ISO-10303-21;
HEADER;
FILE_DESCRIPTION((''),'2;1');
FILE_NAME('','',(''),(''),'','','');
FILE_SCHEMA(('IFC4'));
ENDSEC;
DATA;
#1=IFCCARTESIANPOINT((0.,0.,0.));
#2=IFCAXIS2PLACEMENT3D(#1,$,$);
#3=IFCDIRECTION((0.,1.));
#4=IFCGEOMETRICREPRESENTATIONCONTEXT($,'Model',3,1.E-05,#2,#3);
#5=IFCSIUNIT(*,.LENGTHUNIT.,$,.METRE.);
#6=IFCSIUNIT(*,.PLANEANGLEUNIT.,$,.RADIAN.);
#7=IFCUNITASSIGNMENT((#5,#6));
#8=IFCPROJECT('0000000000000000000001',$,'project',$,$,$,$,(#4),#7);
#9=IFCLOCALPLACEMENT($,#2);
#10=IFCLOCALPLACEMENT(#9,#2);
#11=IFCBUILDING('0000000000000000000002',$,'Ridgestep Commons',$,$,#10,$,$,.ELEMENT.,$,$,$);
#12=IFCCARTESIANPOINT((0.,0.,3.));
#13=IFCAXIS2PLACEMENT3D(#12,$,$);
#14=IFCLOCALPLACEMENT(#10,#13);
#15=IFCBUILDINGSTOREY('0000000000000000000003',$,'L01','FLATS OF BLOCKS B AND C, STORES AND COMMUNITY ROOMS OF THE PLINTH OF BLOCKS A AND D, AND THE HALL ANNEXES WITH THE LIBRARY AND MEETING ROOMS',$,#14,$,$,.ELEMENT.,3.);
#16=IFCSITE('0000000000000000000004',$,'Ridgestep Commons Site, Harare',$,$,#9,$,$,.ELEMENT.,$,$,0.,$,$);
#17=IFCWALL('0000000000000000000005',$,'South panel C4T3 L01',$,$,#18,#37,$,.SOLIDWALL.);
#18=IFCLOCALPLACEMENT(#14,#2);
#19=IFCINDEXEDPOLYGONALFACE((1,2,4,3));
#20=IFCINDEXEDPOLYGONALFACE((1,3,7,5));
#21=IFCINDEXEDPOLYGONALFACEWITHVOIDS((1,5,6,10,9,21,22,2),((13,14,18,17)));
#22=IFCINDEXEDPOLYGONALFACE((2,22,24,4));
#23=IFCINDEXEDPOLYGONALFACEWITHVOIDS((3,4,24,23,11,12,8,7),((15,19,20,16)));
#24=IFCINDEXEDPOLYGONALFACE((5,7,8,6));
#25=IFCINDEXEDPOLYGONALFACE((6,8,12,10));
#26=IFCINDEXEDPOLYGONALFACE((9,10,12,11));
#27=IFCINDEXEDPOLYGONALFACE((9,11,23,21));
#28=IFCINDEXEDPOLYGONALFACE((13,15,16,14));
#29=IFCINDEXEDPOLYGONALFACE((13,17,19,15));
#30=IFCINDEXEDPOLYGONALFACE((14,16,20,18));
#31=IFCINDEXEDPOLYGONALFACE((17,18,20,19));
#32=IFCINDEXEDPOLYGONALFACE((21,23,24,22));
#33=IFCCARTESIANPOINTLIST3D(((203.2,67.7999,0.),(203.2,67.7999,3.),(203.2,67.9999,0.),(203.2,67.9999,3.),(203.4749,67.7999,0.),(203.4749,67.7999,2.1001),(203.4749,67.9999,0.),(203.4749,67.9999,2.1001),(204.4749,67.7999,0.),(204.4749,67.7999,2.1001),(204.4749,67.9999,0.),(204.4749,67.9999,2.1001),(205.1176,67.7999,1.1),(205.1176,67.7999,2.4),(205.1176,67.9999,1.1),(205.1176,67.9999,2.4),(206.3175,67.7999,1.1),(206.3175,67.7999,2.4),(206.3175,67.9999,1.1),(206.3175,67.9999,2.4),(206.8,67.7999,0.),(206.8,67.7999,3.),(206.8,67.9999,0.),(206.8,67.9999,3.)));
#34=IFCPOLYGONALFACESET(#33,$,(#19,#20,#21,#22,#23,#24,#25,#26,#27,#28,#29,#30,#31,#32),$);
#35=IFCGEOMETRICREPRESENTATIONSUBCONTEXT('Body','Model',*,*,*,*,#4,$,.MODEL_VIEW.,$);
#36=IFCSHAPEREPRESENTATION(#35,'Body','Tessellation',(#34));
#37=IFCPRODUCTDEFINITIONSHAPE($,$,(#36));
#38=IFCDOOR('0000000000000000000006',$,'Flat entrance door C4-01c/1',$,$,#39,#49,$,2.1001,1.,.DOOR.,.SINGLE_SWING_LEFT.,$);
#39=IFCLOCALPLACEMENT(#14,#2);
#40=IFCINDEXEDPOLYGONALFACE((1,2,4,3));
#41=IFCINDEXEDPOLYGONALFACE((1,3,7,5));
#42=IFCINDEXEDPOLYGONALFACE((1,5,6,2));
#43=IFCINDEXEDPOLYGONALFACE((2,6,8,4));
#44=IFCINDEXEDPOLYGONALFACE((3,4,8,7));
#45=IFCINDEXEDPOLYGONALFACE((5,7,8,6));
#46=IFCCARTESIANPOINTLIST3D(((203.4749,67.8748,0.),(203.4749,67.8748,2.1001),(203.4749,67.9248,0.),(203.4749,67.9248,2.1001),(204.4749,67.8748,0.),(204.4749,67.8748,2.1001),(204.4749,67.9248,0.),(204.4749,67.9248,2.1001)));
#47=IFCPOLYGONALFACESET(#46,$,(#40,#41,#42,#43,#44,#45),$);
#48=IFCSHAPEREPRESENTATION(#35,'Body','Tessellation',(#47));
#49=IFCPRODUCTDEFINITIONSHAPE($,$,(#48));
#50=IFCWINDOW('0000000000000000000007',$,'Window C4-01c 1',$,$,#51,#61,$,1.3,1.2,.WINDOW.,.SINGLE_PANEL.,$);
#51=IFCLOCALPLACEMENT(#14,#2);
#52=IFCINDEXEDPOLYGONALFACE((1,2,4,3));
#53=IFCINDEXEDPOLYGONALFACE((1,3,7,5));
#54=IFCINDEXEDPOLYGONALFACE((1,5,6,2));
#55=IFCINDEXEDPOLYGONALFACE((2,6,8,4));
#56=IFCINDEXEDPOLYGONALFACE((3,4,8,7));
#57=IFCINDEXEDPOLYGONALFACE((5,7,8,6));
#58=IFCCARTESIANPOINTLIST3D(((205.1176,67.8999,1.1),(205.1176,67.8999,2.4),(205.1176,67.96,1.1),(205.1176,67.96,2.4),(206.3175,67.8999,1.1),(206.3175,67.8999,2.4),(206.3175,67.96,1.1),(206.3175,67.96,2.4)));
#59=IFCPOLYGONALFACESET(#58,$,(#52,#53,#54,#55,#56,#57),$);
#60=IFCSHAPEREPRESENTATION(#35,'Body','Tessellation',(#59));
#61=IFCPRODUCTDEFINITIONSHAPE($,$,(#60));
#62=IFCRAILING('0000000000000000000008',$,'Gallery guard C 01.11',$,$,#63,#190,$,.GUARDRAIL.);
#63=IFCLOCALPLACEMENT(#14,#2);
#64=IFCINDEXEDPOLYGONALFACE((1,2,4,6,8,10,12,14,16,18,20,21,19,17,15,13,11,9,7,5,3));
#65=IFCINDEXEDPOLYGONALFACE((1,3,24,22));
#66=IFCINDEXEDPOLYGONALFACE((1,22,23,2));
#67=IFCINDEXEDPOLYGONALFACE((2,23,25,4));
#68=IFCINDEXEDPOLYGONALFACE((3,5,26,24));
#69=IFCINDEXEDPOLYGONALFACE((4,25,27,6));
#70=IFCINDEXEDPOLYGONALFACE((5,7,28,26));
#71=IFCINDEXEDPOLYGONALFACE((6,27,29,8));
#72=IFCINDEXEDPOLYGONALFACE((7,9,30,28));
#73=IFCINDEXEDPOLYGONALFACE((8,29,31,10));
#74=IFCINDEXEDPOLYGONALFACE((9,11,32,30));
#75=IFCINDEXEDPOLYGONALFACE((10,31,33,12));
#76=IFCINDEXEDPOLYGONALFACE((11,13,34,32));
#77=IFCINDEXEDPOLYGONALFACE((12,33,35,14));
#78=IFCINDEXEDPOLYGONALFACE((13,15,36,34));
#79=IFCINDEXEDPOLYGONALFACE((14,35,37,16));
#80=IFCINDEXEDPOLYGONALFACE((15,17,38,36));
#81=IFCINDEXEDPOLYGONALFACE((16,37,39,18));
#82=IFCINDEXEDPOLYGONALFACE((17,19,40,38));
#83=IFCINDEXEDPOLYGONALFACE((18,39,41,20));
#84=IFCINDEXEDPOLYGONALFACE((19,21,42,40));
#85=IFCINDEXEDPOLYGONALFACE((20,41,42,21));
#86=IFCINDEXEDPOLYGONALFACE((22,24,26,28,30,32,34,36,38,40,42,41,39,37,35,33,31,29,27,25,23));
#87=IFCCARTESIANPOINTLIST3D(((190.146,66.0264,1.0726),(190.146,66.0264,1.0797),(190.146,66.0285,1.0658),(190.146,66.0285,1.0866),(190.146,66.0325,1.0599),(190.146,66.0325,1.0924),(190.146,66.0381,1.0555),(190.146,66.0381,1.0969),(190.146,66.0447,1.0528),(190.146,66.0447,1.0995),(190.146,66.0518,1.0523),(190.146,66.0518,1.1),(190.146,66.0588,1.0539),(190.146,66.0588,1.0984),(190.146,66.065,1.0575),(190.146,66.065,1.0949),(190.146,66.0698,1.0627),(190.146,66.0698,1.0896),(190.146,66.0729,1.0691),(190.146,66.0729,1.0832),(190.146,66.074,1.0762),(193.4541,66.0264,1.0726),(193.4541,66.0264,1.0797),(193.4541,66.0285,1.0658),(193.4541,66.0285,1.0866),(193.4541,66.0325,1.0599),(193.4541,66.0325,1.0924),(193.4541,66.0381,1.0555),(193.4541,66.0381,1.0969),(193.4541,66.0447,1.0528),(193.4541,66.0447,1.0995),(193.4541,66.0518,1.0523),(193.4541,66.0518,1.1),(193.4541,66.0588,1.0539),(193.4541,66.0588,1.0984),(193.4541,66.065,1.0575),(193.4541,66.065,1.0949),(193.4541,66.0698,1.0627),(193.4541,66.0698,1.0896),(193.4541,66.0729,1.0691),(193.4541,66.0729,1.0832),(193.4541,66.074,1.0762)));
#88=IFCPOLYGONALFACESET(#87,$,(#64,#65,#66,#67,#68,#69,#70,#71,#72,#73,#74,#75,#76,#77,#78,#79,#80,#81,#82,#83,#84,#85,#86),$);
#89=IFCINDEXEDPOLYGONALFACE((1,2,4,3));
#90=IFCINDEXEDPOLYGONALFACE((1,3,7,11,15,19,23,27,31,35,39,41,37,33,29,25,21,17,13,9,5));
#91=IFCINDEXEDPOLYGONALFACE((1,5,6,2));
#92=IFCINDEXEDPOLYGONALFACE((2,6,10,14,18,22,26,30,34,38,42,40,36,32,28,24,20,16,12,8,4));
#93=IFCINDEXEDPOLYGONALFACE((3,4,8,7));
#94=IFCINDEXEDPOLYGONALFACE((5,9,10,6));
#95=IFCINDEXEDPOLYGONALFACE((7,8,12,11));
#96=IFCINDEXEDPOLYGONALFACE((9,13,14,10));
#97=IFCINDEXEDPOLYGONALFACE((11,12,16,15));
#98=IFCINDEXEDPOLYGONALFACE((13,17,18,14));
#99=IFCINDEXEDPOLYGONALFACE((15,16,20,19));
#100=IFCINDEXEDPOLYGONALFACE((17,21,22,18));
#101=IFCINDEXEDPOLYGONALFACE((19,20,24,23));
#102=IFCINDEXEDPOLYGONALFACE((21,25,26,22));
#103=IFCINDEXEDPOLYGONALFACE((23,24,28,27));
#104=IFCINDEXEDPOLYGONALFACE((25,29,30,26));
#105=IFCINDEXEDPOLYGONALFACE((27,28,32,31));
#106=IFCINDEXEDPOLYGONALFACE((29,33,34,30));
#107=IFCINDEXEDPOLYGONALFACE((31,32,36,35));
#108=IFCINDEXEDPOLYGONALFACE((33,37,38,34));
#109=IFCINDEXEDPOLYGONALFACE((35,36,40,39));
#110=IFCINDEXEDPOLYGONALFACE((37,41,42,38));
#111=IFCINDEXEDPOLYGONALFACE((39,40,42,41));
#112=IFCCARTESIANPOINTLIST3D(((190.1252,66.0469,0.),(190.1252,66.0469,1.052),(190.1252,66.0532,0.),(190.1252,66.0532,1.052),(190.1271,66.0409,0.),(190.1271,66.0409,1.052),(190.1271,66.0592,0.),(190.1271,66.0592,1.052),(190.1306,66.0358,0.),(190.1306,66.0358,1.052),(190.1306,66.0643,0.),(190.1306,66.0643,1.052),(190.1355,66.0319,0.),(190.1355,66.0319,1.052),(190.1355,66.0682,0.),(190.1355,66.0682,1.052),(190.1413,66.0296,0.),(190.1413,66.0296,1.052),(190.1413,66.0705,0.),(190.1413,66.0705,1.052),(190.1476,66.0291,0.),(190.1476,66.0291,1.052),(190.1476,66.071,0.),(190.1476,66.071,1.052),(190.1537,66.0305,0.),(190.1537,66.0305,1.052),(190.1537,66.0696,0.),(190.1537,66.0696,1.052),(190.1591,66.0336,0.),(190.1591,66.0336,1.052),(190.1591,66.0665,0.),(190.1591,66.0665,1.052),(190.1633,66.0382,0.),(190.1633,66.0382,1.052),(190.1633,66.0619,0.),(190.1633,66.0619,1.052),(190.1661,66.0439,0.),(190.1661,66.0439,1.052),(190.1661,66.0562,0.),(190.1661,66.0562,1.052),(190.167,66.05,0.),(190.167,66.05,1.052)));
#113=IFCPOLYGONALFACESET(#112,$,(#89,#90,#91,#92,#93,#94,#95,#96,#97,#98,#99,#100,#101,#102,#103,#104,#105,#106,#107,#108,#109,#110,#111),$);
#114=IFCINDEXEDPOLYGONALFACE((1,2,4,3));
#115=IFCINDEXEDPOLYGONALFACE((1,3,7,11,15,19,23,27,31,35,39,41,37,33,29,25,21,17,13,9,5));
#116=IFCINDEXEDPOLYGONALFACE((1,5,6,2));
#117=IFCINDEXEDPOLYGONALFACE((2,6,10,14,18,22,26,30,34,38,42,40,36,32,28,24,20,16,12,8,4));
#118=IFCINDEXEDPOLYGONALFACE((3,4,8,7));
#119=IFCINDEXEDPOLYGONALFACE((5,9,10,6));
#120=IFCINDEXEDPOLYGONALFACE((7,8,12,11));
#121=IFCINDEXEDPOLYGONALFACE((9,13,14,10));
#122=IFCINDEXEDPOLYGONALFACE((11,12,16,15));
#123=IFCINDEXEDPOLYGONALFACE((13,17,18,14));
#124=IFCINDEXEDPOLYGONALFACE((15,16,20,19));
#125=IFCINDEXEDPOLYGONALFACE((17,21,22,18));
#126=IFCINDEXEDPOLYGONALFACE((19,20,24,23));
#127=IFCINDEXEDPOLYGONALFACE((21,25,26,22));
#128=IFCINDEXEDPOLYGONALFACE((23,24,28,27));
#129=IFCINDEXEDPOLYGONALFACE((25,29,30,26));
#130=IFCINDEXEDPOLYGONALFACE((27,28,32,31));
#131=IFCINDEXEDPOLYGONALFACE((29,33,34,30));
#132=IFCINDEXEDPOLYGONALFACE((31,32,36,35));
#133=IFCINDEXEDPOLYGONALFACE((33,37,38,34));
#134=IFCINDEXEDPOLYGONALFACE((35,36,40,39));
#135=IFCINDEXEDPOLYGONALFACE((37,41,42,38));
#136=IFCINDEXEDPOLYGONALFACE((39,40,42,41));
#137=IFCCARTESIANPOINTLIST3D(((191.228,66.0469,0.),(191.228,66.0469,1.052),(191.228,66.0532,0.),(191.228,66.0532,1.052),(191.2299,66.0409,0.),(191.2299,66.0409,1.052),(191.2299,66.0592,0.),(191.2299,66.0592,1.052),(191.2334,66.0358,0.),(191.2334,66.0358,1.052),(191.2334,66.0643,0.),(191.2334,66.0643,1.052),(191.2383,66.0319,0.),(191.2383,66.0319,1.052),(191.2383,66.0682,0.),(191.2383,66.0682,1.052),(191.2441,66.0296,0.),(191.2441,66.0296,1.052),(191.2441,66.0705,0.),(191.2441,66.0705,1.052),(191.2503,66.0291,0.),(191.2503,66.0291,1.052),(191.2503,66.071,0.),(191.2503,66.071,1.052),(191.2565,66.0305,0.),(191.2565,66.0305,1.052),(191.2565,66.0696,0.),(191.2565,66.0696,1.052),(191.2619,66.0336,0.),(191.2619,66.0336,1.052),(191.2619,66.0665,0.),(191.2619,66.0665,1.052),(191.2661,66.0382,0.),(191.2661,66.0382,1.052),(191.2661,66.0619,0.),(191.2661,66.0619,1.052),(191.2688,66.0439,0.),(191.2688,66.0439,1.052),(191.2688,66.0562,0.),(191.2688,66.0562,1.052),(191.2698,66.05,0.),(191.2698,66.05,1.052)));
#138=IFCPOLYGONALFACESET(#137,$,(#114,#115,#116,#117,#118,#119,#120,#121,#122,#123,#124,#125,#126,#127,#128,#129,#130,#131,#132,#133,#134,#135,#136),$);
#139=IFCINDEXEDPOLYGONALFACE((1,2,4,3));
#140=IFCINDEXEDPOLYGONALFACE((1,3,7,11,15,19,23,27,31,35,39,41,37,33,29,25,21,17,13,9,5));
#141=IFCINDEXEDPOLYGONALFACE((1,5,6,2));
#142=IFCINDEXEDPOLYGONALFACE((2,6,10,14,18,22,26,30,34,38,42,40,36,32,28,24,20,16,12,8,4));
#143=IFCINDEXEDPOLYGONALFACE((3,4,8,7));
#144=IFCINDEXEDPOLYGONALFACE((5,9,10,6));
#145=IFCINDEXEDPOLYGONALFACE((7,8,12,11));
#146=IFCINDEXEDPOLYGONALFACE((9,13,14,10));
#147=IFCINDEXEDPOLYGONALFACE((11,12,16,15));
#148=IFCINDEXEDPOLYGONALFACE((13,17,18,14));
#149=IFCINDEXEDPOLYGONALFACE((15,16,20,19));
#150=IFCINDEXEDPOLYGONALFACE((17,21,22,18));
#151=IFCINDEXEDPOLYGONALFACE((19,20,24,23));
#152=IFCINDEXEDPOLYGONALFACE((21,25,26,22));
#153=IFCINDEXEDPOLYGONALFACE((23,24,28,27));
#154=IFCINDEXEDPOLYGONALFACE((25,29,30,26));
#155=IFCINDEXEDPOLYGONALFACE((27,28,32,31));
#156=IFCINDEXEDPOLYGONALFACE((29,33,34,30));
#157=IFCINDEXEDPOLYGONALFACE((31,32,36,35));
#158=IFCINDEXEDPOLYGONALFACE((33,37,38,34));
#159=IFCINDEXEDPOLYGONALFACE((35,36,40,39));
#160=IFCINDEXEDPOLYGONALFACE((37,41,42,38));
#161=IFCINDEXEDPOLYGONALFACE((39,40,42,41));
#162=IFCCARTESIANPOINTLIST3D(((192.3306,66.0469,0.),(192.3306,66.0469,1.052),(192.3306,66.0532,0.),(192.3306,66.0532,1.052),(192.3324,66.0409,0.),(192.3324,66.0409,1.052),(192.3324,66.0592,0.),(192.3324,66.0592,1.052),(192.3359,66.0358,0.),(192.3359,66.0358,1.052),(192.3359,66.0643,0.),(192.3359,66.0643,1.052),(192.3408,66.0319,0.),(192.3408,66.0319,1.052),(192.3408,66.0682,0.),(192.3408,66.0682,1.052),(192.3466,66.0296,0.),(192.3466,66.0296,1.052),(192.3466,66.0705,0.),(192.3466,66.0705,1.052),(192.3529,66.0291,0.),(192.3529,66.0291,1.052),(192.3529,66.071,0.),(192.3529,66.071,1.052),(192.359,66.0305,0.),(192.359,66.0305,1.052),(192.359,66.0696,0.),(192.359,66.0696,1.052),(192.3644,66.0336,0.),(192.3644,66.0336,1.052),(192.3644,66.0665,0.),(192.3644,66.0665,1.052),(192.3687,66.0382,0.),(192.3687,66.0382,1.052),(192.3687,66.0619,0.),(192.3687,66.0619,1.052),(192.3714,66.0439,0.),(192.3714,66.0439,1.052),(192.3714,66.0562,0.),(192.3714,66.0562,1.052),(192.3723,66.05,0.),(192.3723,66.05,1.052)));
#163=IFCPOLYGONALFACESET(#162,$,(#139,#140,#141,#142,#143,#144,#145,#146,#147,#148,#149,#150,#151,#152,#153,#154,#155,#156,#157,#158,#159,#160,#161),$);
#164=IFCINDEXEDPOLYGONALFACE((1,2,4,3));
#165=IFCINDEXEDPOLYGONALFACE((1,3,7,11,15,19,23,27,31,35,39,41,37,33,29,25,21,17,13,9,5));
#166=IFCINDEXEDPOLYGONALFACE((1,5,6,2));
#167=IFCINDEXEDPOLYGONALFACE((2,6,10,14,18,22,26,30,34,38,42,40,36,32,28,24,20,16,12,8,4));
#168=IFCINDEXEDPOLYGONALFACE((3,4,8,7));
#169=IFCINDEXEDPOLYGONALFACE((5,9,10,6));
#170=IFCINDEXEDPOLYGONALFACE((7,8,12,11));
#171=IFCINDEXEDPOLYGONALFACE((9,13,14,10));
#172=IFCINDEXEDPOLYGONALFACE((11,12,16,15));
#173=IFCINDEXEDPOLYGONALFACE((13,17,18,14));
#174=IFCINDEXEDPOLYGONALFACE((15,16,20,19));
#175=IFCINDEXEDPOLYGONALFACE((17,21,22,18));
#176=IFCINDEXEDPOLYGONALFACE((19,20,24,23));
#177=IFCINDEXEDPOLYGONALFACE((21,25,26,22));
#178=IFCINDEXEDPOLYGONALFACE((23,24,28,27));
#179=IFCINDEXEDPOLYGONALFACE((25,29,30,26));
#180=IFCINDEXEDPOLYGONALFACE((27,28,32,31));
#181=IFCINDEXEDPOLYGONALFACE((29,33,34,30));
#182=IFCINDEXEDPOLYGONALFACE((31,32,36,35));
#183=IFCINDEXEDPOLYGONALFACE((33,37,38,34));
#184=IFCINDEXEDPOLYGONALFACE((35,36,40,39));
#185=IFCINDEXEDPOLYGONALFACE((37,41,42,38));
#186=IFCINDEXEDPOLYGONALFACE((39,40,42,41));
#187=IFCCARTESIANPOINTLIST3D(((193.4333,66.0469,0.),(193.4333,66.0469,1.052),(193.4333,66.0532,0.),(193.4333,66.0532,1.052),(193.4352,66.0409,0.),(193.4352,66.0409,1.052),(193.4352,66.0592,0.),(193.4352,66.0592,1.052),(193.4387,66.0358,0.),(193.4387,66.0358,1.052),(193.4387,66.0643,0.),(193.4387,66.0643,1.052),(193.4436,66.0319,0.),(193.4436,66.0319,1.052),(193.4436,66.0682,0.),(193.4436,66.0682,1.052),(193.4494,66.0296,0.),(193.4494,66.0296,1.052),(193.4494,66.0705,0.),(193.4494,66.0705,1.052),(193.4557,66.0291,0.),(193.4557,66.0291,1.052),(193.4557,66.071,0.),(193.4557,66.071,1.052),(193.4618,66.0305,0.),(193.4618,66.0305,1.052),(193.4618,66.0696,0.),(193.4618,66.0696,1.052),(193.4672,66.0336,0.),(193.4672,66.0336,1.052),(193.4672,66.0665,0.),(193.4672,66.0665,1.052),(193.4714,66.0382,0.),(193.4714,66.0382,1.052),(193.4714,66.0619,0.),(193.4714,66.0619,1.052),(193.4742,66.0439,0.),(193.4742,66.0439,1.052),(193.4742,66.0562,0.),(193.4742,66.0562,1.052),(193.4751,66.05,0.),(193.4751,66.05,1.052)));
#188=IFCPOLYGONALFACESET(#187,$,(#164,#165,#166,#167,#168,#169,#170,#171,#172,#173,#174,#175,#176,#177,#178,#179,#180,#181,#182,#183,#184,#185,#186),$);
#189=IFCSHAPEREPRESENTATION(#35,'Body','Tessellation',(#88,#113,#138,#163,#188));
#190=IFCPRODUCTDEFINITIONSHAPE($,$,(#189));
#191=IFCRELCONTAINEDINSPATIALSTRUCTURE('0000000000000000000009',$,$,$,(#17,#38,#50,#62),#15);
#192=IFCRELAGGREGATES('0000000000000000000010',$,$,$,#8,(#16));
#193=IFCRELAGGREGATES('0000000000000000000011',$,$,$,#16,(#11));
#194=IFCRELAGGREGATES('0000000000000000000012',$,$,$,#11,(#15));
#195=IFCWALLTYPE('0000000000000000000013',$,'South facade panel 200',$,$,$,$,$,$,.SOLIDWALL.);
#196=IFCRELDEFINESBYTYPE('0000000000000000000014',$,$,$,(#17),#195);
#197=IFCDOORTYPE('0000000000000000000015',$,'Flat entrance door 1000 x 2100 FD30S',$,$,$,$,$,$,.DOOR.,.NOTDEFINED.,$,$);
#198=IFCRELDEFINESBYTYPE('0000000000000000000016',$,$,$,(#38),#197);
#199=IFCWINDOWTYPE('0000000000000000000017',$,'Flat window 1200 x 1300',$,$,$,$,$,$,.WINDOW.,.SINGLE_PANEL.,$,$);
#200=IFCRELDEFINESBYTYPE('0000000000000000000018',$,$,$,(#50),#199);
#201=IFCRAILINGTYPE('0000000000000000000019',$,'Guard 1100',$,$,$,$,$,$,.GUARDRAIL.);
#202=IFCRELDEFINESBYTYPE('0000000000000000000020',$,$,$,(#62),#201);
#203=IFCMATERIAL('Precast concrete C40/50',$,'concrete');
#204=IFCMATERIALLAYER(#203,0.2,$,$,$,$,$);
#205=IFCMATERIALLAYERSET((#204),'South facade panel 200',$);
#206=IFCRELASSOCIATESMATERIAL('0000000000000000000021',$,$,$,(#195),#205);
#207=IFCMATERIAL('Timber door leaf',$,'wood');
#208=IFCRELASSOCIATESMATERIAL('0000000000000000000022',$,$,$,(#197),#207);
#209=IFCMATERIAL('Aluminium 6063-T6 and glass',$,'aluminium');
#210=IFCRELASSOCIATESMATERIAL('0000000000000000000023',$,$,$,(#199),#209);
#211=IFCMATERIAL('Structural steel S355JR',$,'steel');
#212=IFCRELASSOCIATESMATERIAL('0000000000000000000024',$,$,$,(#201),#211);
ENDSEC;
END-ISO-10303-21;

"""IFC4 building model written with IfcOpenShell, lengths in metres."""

from ifc_helpers import new_model, si_unit, direction, frame, frame_2d, origin, origin_2d, place, context, subcontext, project, spatial, rectangle, circle, extrude, material, layer, layer_set, type_object, element, fill, save


model = new_model("IFC4")

# Units and contexts
model_context = context("Model", 3, precision=1e-05, world=origin(), true_north=direction((0.0, 1.0)))
body_context = subcontext(model_context, "Body", "Model", "MODEL_VIEW")
ifc_project = project(units=[si_unit("LENGTHUNIT", "METRE"), si_unit("PLANEANGLEUNIT", "RADIAN")], contexts=[model_context])

# Site, building, storey
site_placement = place(None, origin())
site = spatial("IfcSite", under=ifc_project, at=site_placement, Name="Ridgestep Commons Site, Harare", CompositionType="ELEMENT", RefElevation=0.0)
building_placement = place(site_placement, origin())
building = spatial("IfcBuilding", under=site, at=building_placement, Name="Ridgestep Commons", CompositionType="ELEMENT")
storey_placement = place(building_placement, frame((0.0, 0.0, 3.0)))
storey = spatial("IfcBuildingStorey", under=building, at=storey_placement, Name="L01", Description="FLATS OF BLOCKS B AND C, STORES AND COMMUNITY ROOMS OF THE PLINTH OF BLOCKS A AND D, AND THE HALL ANNEXES WITH THE LIBRARY AND MEETING ROOMS", CompositionType="ELEMENT", Elevation=3.0)

# Shared definitions
ifc_material_1 = material(Name="Precast concrete C40/50", Category="concrete")
ifc_layer_1 = layer(ifc_material_1, 0.2)
ifc_layer_set_1 = layer_set([ifc_layer_1], Name="South facade panel 200")
wall_type_1 = type_object("IfcWallType", Name="South facade panel 200", PredefinedType="SOLIDWALL", material=ifc_layer_set_1)
ifc_material_2 = material(Name="Timber door leaf", Category="wood")
door_type_1 = type_object("IfcDoorType", Name="Flat entrance door 1000 x 2100 FD30S", OperationType="NOTDEFINED", PredefinedType="DOOR", material=ifc_material_2)
ifc_material_3 = material(Name="Aluminium 6063-T6 and glass", Category="aluminium")
window_type_1 = type_object("IfcWindowType", Name="Flat window 1200 x 1300", PartitioningType="SINGLE_PANEL", PredefinedType="WINDOW", material=ifc_material_3)

# Wall, openings, door, window
wall_1_placement = place(storey_placement, frame((203.2, 67.8999, 0.0), z_axis=(0.0, 0.0, 1.0), x_axis=(1.0, 0.0, 0.0)))
wall_1 = element("IfcWall", 1, at=wall_1_placement, inside=storey, type_object=wall_type_1, Name="South panel C4T3 L01", PredefinedType="SOLIDWALL", context=body_context, shape_type="SweptSolid", body=[
    extrude(rectangle(XDim=3.6001, YDim=0.2, at=frame_2d((1.8, 0.0))), origin(), (0.0, 0.0, 1.0), 3.0),
])
opening_1_placement = place(wall_1_placement, frame((1.9175, 0.0, 1.1001)))
opening_1 = element("IfcOpeningElement", 2, at=opening_1_placement, cuts=wall_1, PredefinedType="OPENING", context=body_context, shape_type="SweptSolid", body=[
    extrude(rectangle(XDim=1.2, YDim=1.3, at=frame_2d((0.6001, 0.6499))), frame((0.0, 0.1099, 0.0), z_axis=(0.0, -1.0, 0.0), x_axis=(1.0, 0.0, 0.0)), (0.0, 0.0, 1.0), 0.22),
])
opening_2_placement = place(wall_1_placement, frame((0.2749, 0.0, 0.0)))
opening_2 = element("IfcOpeningElement", 3, at=opening_2_placement, cuts=wall_1, PredefinedType="OPENING", context=body_context, shape_type="SweptSolid", body=[
    extrude(rectangle(XDim=1.0, YDim=2.1001, at=frame_2d((0.5, 1.05))), frame((0.0, 0.1099, 0.0), z_axis=(0.0, -1.0, 0.0), x_axis=(1.0, 0.0, 0.0)), (0.0, 0.0, 1.0), 0.22),
])
door_1_placement = place(opening_2_placement, origin())
door_1 = element("IfcDoor", 4, at=door_1_placement, inside=storey, type_object=door_type_1, Name="Flat entrance door C4-01c/1", OperationType="SINGLE_SWING_LEFT", OverallHeight=2.1001, OverallWidth=1.0, PredefinedType="DOOR", context=body_context, shape_type="SweptSolid", body=[
    extrude(rectangle(XDim=1.0, YDim=2.1001, at=frame_2d((0.5, 1.05))), frame((0.0, 0.0249, 0.0), z_axis=(0.0, -1.0, 0.0), x_axis=(1.0, 0.0, 0.0)), (0.0, 0.0, 1.0), 0.05),
])
fill(opening_2, door_1)
window_1_placement = place(opening_1_placement, origin())
window_1 = element("IfcWindow", 5, at=window_1_placement, inside=storey, type_object=window_type_1, Name="Window C4-01c 1", OverallHeight=1.3, OverallWidth=1.2, PartitioningType="SINGLE_PANEL", PredefinedType="WINDOW", context=body_context, shape_type="SweptSolid", body=[
    extrude(rectangle(XDim=1.2, YDim=1.3, at=frame_2d((0.6001, 0.6499))), frame((0.0, 0.0601, 0.0), z_axis=(0.0, -1.0, 0.0), x_axis=(1.0, 0.0, 0.0)), (0.0, 0.0, 1.0), 0.0601),
])
fill(opening_1, window_1)

# Railing
ifc_material_4 = material(Name="Structural steel S355JR", Category="steel")
railing_type = type_object("IfcRailingType", Name="Guard 1100", PredefinedType="GUARDRAIL", material=ifc_material_4)
railing_1_placement = place(storey_placement, frame((190.146, 66.05, 0.0)))
element("IfcRailing", 6, at=railing_1_placement, inside=storey, type_object=railing_type, Name="Gallery guard C 01.11", PredefinedType="GUARDRAIL", context=body_context, shape_type="SweptSolid", body=[
    extrude(circle(Radius=0.0239, at=origin_2d()), frame((0.0, 0.0, 1.0762), z_axis=(1.0, 0.0, 0.0), x_axis=(0.0, 1.0, 0.0)), (0.0, 0.0, 1.0), 3.3081),
    extrude(circle(Radius=0.021, at=origin_2d()), origin(), (0.0, 0.0, 1.0), 1.052),
    extrude(circle(Radius=0.021, at=origin_2d()), frame((1.1028, 0.0, 0.0)), (0.0, 0.0, 1.0), 1.052),
    extrude(circle(Radius=0.021, at=origin_2d()), frame((2.2053, 0.0, 0.0)), (0.0, 0.0, 1.0), 1.052),
    extrude(circle(Radius=0.021, at=origin_2d()), frame((3.3081, 0.0, 0.0)), (0.0, 0.0, 1.0), 1.052),
])

save(model, "model.ifc")
